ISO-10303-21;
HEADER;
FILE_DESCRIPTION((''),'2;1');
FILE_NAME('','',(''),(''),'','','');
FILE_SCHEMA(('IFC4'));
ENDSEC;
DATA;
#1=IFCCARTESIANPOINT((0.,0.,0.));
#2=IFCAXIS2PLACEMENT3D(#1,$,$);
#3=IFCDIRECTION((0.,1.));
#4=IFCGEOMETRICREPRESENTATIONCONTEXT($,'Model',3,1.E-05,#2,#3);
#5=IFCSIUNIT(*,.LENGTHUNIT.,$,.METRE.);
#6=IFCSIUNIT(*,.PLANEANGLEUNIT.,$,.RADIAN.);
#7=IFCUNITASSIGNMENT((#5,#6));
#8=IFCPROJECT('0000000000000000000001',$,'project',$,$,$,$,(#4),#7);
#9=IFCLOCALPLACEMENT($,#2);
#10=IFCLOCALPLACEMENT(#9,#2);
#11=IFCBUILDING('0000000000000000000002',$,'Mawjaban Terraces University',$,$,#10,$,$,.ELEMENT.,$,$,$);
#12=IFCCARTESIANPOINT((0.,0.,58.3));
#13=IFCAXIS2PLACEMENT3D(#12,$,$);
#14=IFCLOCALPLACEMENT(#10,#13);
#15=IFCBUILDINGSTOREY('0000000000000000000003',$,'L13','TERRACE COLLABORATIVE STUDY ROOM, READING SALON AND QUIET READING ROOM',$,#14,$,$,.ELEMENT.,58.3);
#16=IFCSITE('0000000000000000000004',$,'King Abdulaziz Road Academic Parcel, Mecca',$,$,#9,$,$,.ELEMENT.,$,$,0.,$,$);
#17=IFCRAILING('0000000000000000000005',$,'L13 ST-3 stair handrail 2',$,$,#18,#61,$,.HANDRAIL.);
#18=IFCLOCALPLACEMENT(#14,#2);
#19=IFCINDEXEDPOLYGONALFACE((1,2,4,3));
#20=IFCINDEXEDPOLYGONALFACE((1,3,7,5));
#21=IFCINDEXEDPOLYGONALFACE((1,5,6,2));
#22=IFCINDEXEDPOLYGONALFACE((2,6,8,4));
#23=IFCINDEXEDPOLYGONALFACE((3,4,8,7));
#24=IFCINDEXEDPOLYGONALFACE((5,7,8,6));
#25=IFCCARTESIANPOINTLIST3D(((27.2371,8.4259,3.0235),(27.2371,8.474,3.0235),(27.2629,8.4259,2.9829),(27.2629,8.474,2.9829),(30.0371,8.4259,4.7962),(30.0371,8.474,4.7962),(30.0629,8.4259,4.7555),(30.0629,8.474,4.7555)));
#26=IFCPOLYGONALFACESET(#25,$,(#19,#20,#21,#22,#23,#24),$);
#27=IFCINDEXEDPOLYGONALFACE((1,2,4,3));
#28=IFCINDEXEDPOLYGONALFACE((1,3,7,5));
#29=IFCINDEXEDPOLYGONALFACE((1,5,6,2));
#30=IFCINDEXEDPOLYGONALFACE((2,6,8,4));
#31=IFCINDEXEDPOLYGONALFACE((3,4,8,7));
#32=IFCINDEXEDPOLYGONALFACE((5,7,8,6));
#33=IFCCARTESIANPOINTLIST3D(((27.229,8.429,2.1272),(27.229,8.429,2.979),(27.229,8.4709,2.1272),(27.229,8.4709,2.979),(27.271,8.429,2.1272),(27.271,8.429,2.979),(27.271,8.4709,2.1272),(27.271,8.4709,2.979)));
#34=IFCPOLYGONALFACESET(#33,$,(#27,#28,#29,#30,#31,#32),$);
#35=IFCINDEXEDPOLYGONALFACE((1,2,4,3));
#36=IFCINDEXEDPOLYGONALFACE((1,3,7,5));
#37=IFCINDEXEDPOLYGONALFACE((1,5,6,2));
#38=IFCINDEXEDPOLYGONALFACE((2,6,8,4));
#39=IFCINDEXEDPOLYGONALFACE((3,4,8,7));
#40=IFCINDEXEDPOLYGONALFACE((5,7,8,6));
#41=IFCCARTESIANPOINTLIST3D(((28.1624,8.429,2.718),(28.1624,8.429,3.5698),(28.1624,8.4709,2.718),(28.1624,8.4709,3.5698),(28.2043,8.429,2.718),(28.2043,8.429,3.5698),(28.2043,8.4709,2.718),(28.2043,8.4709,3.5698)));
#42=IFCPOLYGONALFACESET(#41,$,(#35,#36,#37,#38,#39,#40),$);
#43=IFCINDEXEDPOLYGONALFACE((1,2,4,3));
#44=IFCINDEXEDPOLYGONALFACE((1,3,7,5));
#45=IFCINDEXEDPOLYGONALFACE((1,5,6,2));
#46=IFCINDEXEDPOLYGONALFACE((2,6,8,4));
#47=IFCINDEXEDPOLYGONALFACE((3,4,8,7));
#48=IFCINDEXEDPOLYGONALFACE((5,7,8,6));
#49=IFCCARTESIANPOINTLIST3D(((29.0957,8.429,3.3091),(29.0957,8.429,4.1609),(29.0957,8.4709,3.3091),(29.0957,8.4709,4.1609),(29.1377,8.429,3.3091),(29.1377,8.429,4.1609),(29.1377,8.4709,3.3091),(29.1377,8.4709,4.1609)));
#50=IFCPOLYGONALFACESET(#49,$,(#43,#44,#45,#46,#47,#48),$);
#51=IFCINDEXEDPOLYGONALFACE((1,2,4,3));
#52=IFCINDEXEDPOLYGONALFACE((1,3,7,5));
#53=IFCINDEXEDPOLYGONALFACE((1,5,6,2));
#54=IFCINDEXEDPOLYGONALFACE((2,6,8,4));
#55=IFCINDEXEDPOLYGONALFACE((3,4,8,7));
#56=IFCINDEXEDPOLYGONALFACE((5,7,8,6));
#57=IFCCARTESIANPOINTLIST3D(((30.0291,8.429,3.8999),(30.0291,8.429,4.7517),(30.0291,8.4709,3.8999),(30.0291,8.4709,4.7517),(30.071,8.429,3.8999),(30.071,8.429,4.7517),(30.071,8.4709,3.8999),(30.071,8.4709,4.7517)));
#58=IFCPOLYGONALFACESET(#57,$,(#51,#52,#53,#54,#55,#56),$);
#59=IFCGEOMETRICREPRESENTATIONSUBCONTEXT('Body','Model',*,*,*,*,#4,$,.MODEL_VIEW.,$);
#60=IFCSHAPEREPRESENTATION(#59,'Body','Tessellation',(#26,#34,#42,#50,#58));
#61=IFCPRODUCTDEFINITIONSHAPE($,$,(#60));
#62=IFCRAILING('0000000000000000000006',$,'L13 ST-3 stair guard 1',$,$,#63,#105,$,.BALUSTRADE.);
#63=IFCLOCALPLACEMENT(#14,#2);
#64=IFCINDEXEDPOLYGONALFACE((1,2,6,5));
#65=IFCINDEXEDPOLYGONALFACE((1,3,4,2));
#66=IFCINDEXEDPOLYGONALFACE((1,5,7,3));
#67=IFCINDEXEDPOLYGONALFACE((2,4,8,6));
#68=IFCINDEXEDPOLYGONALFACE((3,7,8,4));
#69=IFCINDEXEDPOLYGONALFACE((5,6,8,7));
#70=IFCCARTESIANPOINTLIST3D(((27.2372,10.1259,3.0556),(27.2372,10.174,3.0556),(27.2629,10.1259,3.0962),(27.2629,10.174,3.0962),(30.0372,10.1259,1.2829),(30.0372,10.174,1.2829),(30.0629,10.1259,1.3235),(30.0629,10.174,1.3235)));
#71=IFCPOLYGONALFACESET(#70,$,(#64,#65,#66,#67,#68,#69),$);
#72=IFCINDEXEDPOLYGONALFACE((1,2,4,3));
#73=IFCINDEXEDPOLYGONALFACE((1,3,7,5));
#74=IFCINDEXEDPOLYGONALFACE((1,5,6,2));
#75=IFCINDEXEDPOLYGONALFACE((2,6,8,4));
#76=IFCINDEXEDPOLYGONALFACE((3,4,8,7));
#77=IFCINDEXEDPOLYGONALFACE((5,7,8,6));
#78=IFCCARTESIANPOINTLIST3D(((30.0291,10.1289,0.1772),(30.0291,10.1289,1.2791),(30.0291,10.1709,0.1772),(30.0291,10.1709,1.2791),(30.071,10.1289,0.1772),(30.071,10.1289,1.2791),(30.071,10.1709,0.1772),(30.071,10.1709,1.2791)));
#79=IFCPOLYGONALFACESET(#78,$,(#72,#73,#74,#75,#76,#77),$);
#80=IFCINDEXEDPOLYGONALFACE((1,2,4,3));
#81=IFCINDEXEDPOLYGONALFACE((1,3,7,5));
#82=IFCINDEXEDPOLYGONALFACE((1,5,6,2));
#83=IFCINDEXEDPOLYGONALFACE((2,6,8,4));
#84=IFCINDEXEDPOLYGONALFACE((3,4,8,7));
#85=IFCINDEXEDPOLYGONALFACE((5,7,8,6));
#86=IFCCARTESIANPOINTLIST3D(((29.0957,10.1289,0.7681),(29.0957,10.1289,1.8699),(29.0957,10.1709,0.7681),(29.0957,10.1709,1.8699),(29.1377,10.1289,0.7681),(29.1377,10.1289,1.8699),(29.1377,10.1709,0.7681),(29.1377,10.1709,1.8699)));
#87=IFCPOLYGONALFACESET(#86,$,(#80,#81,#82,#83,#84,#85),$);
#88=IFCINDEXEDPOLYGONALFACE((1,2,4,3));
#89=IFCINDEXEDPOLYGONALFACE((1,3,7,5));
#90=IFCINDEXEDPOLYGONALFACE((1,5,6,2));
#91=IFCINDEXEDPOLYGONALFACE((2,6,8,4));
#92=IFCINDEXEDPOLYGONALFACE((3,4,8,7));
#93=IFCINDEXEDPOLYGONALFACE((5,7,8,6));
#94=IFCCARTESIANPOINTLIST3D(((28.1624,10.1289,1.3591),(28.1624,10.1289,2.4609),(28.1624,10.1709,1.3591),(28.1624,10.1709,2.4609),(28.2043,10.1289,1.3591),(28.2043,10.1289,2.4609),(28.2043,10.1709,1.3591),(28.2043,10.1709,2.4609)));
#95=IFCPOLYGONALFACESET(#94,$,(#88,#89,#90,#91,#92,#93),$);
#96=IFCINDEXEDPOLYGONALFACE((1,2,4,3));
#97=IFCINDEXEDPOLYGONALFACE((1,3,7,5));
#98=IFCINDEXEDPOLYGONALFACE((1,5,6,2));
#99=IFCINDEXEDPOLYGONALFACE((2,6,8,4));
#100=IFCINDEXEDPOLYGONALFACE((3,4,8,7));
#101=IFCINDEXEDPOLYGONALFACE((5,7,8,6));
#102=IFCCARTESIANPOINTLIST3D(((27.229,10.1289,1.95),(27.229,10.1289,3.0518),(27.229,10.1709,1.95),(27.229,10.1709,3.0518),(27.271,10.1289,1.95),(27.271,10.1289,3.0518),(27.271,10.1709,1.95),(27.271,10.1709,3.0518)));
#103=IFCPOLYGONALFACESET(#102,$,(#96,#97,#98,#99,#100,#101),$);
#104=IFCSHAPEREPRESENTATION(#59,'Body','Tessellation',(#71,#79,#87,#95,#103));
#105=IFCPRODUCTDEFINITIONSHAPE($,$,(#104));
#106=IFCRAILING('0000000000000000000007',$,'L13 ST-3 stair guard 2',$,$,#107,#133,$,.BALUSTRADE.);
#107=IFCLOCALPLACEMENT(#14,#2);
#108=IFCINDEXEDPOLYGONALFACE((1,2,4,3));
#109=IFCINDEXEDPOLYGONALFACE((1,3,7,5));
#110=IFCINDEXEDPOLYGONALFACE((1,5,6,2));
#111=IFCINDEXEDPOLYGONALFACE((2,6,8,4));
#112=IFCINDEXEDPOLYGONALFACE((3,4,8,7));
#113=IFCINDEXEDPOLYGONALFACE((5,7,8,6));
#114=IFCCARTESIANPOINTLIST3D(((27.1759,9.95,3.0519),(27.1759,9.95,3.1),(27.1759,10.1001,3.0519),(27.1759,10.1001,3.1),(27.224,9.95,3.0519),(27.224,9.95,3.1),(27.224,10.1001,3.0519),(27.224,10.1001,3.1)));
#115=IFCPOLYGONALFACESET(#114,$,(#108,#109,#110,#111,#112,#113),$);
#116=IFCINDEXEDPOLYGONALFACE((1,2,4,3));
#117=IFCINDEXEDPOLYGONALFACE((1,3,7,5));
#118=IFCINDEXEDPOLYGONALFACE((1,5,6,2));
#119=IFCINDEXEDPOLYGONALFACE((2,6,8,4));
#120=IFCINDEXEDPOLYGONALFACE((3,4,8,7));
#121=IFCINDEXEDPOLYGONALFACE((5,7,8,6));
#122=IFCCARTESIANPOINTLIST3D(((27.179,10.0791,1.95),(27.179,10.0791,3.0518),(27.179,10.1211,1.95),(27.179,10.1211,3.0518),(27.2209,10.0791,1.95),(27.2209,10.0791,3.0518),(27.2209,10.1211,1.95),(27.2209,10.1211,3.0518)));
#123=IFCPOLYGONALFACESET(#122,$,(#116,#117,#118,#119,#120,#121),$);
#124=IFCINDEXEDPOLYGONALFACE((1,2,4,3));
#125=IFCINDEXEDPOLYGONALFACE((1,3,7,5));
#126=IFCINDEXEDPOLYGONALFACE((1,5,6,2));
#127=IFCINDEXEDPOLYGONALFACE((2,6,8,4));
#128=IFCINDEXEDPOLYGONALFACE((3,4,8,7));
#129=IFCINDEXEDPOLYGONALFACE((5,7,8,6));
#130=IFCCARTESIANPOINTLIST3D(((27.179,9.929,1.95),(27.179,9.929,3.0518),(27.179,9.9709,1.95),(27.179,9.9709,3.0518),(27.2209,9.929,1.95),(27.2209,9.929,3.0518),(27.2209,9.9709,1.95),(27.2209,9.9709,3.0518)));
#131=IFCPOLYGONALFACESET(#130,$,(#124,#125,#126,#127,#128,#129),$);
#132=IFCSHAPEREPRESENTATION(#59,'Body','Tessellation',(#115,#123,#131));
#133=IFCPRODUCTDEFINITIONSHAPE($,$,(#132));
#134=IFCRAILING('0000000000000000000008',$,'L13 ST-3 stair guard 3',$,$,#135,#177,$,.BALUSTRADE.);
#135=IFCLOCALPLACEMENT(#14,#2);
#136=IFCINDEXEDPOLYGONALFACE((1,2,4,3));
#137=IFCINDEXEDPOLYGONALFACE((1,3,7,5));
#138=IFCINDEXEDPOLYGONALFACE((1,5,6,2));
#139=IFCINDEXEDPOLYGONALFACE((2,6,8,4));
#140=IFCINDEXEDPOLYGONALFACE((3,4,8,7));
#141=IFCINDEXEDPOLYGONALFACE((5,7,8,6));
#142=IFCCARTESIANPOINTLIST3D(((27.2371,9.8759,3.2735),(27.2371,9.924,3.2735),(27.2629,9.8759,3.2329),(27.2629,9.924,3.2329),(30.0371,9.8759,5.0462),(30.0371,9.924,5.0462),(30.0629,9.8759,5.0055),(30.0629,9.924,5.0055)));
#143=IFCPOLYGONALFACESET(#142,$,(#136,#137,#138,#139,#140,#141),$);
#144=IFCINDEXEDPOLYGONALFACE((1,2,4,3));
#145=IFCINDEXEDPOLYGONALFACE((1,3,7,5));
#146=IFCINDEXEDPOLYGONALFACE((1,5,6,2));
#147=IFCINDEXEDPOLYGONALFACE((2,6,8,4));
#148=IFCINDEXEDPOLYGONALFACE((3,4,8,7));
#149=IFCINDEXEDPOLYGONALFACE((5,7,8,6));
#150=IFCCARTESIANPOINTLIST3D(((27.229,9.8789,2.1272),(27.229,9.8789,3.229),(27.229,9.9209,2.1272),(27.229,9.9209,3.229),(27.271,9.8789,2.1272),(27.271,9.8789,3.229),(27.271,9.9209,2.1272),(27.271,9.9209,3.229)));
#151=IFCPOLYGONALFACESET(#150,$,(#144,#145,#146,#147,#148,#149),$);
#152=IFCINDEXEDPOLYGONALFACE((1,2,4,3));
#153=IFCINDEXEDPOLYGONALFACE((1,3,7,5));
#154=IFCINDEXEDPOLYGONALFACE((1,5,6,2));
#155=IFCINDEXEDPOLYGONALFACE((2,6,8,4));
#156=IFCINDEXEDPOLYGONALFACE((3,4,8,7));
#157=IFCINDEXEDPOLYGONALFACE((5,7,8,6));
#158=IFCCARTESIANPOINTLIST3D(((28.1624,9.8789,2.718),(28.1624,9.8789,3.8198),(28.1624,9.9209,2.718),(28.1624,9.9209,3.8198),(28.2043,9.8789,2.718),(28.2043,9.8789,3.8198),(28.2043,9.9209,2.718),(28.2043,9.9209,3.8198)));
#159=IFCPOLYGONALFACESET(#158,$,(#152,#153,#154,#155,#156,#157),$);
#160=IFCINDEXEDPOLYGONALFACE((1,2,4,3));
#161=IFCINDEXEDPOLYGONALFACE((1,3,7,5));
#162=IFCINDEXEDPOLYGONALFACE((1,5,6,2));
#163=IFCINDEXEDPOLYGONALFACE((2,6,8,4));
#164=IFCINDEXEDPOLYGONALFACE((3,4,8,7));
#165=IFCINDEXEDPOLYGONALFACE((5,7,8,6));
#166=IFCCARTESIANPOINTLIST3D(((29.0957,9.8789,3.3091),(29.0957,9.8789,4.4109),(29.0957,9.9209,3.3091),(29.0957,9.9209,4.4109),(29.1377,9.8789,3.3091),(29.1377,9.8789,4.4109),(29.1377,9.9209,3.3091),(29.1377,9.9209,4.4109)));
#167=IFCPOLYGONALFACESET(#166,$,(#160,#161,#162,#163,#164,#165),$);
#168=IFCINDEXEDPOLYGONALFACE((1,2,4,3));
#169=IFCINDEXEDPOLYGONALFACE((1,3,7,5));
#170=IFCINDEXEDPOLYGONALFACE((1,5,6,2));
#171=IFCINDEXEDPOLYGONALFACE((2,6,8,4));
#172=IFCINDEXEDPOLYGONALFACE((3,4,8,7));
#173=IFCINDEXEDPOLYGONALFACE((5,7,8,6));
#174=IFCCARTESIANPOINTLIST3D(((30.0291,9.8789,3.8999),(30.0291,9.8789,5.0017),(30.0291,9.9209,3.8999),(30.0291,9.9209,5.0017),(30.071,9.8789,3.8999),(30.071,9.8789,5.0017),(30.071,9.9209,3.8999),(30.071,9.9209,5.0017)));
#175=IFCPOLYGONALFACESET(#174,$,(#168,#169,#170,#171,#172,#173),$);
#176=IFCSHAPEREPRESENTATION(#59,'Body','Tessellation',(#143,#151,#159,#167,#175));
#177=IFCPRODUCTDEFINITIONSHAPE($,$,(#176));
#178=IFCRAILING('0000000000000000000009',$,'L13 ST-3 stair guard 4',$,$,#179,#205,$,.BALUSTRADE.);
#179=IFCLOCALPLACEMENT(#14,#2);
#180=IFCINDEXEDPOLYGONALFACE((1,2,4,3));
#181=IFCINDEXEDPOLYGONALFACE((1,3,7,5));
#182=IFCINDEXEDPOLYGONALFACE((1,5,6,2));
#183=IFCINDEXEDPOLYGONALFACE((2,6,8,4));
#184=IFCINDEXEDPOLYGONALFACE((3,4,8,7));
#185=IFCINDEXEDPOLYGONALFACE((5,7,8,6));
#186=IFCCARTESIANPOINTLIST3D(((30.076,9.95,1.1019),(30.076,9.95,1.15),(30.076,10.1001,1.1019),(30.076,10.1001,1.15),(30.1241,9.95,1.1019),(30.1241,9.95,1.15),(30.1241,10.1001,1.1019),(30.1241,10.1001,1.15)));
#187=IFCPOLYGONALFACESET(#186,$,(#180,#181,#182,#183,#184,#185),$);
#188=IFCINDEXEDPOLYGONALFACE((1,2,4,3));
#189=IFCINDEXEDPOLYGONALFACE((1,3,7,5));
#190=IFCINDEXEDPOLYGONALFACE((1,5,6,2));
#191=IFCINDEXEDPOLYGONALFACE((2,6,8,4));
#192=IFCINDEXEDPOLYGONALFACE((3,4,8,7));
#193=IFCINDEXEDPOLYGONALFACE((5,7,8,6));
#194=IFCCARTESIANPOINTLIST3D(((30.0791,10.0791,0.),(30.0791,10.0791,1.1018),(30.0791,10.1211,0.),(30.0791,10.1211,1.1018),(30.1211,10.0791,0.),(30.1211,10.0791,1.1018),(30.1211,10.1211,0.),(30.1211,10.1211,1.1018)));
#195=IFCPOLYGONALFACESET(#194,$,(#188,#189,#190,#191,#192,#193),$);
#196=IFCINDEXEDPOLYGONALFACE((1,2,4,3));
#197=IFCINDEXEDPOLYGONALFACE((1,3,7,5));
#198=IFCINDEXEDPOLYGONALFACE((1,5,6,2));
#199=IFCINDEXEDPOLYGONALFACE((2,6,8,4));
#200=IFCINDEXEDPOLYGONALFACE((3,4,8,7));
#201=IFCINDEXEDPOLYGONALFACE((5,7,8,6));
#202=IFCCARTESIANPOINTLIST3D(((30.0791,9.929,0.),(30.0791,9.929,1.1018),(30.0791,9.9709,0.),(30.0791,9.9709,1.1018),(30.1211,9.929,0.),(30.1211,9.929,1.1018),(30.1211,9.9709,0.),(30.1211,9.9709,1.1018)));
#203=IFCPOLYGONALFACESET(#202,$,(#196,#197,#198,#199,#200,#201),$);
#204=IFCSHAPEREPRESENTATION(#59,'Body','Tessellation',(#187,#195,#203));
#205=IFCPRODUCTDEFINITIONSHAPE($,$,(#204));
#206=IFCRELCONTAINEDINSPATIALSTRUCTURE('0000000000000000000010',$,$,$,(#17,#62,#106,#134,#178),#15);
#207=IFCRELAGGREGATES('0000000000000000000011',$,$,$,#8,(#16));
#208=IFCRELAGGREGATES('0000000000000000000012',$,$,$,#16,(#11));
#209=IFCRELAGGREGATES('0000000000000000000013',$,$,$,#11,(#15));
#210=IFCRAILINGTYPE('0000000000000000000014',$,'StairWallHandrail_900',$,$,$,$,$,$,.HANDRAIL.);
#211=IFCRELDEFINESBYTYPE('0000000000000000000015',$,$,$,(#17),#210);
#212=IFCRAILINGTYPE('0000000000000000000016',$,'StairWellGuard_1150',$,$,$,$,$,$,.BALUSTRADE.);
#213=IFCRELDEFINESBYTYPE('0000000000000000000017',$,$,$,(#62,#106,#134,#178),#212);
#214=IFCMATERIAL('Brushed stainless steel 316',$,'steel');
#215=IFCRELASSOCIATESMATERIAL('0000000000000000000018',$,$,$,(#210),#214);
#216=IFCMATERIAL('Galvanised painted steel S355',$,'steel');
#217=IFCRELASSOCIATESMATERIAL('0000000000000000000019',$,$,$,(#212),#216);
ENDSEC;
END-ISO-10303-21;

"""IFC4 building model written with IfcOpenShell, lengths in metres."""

from ifc_helpers import new_model, si_unit, direction, frame, origin, origin_2d, place, context, subcontext, project, spatial, rectangle, extrude, material, type_object, element, save


model = new_model("IFC4")

# Units and contexts
model_context = context("Model", 3, precision=1e-05, world=origin(), true_north=direction((0.0, 1.0)))
body_context = subcontext(model_context, "Body", "Model", "MODEL_VIEW")
ifc_project = project(units=[si_unit("LENGTHUNIT", "METRE"), si_unit("PLANEANGLEUNIT", "RADIAN")], contexts=[model_context])

# Site, building, storey
site_placement = place(None, origin())
site = spatial("IfcSite", under=ifc_project, at=site_placement, Name="King Abdulaziz Road Academic Parcel, Mecca", CompositionType="ELEMENT", RefElevation=0.0)
building_placement = place(site_placement, origin())
building = spatial("IfcBuilding", under=site, at=building_placement, Name="Mawjaban Terraces University", CompositionType="ELEMENT")
storey_placement = place(building_placement, frame((0.0, 0.0, 58.3)))
storey = spatial("IfcBuildingStorey", under=building, at=storey_placement, Name="L13", Description="TERRACE COLLABORATIVE STUDY ROOM, READING SALON AND QUIET READING ROOM", CompositionType="ELEMENT", Elevation=58.3)

# Railings
ifc_material_1 = material(Name="Brushed stainless steel 316", Category="steel")
railing_type_1 = type_object("IfcRailingType", Name="StairWallHandrail_900", PredefinedType="HANDRAIL", material=ifc_material_1)
railing_1_placement = place(storey_placement, frame((27.25, 8.45, 2.1272)))
element("IfcRailing", 1, at=railing_1_placement, inside=storey, type_object=railing_type_1, Name="L13 ST-3 stair handrail 2", PredefinedType="HANDRAIL", context=body_context, shape_type="SweptSolid", body=[
    extrude(rectangle(XDim=0.0481, YDim=0.0481, at=origin_2d()), frame((0.0, 0.0, 0.876), z_axis=(0.844909, 0.0, 0.53491), x_axis=(0.0, 1.0, 0.0)), (0.0, 0.0, 1.0), 3.314),
    extrude(rectangle(XDim=0.042, YDim=0.042, at=origin_2d()), origin(), (0.0, 0.0, 1.0), 0.8518),
    extrude(rectangle(XDim=0.042, YDim=0.042, at=origin_2d()), frame((0.9333, 0.0, 0.5908)), (0.0, 0.0, 1.0), 0.8518),
    extrude(rectangle(XDim=0.042, YDim=0.042, at=origin_2d()), frame((1.8667, 0.0, 1.1819)), (0.0, 0.0, 1.0), 0.8518),
    extrude(rectangle(XDim=0.042, YDim=0.042, at=origin_2d()), frame((2.8, 0.0, 1.7727)), (0.0, 0.0, 1.0), 0.8518),
])
ifc_material_2 = material(Name="Galvanised painted steel S355", Category="steel")
railing_type_2 = type_object("IfcRailingType", Name="StairWellGuard_1150", PredefinedType="BALUSTRADE", material=ifc_material_2)
railing_2_placement = place(storey_placement, frame((30.05, 10.1499, 0.1772)))
element("IfcRailing", 2, at=railing_2_placement, inside=storey, type_object=railing_type_2, Name="L13 ST-3 stair guard 1", PredefinedType="BALUSTRADE", context=body_context, shape_type="SweptSolid", body=[
    extrude(rectangle(XDim=0.0481, YDim=0.0481, at=origin_2d()), frame((0.0, 0.0, 1.126), z_axis=(-0.844909, 0.0, 0.53491), x_axis=(0.0, -1.0, 0.0)), (0.0, 0.0, 1.0), 3.314),
    extrude(rectangle(XDim=0.042, YDim=0.042, at=origin_2d()), origin(), (0.0, 0.0, 1.0), 1.1018),
    extrude(rectangle(XDim=0.042, YDim=0.042, at=origin_2d()), frame((-0.9333, 0.0, 0.5908)), (0.0, 0.0, 1.0), 1.1018),
    extrude(rectangle(XDim=0.042, YDim=0.042, at=origin_2d()), frame((-1.8667, 0.0, 1.1819)), (0.0, 0.0, 1.0), 1.1018),
    extrude(rectangle(XDim=0.042, YDim=0.042, at=origin_2d()), frame((-2.8, 0.0, 1.7727)), (0.0, 0.0, 1.0), 1.1018),
])
railing_3_placement = place(storey_placement, frame((27.2, 10.1001, 1.95)))
element("IfcRailing", 3, at=railing_3_placement, inside=storey, type_object=railing_type_2, Name="L13 ST-3 stair guard 2", PredefinedType="BALUSTRADE", context=body_context, shape_type="SweptSolid", body=[
    extrude(rectangle(XDim=0.0481, YDim=0.0481, at=origin_2d()), frame((0.0, 0.0, 1.126), z_axis=(0.0, -1.0, 0.0), x_axis=(1.0, 0.0, 0.0)), (0.0, 0.0, 1.0), 0.1501),
    extrude(rectangle(XDim=0.042, YDim=0.042, at=origin_2d()), origin(), (0.0, 0.0, 1.0), 1.1018),
    extrude(rectangle(XDim=0.042, YDim=0.042, at=origin_2d()), frame((0.0, -0.1501, 0.0)), (0.0, 0.0, 1.0), 1.1018),
])
railing_4_placement = place(storey_placement, frame((27.25, 9.8999, 2.1272)))
element("IfcRailing", 4, at=railing_4_placement, inside=storey, type_object=railing_type_2, Name="L13 ST-3 stair guard 3", PredefinedType="BALUSTRADE", context=body_context, shape_type="SweptSolid", body=[
    extrude(rectangle(XDim=0.0481, YDim=0.0481, at=origin_2d()), frame((0.0, 0.0, 1.126), z_axis=(0.844909, 0.0, 0.53491), x_axis=(0.0, 1.0, 0.0)), (0.0, 0.0, 1.0), 3.314),
    extrude(rectangle(XDim=0.042, YDim=0.042, at=origin_2d()), origin(), (0.0, 0.0, 1.0), 1.1018),
    extrude(rectangle(XDim=0.042, YDim=0.042, at=origin_2d()), frame((0.9333, 0.0, 0.5908)), (0.0, 0.0, 1.0), 1.1018),
    extrude(rectangle(XDim=0.042, YDim=0.042, at=origin_2d()), frame((1.8667, 0.0, 1.1819)), (0.0, 0.0, 1.0), 1.1018),
    extrude(rectangle(XDim=0.042, YDim=0.042, at=origin_2d()), frame((2.8, 0.0, 1.7727)), (0.0, 0.0, 1.0), 1.1018),
])
railing_5_placement = place(storey_placement, frame((30.1001, 10.1001, 0.0)))
element("IfcRailing", 5, at=railing_5_placement, inside=storey, type_object=railing_type_2, Name="L13 ST-3 stair guard 4", PredefinedType="BALUSTRADE", context=body_context, shape_type="SweptSolid", body=[
    extrude(rectangle(XDim=0.0481, YDim=0.0481, at=origin_2d()), frame((0.0, 0.0, 1.126), z_axis=(0.0, -1.0, 0.0), x_axis=(1.0, 0.0, 0.0)), (0.0, 0.0, 1.0), 0.1501),
    extrude(rectangle(XDim=0.042, YDim=0.042, at=origin_2d()), origin(), (0.0, 0.0, 1.0), 1.1018),
    extrude(rectangle(XDim=0.042, YDim=0.042, at=origin_2d()), frame((0.0, -0.1501, 0.0)), (0.0, 0.0, 1.0), 1.1018),
])

save(model, "model.ifc")
